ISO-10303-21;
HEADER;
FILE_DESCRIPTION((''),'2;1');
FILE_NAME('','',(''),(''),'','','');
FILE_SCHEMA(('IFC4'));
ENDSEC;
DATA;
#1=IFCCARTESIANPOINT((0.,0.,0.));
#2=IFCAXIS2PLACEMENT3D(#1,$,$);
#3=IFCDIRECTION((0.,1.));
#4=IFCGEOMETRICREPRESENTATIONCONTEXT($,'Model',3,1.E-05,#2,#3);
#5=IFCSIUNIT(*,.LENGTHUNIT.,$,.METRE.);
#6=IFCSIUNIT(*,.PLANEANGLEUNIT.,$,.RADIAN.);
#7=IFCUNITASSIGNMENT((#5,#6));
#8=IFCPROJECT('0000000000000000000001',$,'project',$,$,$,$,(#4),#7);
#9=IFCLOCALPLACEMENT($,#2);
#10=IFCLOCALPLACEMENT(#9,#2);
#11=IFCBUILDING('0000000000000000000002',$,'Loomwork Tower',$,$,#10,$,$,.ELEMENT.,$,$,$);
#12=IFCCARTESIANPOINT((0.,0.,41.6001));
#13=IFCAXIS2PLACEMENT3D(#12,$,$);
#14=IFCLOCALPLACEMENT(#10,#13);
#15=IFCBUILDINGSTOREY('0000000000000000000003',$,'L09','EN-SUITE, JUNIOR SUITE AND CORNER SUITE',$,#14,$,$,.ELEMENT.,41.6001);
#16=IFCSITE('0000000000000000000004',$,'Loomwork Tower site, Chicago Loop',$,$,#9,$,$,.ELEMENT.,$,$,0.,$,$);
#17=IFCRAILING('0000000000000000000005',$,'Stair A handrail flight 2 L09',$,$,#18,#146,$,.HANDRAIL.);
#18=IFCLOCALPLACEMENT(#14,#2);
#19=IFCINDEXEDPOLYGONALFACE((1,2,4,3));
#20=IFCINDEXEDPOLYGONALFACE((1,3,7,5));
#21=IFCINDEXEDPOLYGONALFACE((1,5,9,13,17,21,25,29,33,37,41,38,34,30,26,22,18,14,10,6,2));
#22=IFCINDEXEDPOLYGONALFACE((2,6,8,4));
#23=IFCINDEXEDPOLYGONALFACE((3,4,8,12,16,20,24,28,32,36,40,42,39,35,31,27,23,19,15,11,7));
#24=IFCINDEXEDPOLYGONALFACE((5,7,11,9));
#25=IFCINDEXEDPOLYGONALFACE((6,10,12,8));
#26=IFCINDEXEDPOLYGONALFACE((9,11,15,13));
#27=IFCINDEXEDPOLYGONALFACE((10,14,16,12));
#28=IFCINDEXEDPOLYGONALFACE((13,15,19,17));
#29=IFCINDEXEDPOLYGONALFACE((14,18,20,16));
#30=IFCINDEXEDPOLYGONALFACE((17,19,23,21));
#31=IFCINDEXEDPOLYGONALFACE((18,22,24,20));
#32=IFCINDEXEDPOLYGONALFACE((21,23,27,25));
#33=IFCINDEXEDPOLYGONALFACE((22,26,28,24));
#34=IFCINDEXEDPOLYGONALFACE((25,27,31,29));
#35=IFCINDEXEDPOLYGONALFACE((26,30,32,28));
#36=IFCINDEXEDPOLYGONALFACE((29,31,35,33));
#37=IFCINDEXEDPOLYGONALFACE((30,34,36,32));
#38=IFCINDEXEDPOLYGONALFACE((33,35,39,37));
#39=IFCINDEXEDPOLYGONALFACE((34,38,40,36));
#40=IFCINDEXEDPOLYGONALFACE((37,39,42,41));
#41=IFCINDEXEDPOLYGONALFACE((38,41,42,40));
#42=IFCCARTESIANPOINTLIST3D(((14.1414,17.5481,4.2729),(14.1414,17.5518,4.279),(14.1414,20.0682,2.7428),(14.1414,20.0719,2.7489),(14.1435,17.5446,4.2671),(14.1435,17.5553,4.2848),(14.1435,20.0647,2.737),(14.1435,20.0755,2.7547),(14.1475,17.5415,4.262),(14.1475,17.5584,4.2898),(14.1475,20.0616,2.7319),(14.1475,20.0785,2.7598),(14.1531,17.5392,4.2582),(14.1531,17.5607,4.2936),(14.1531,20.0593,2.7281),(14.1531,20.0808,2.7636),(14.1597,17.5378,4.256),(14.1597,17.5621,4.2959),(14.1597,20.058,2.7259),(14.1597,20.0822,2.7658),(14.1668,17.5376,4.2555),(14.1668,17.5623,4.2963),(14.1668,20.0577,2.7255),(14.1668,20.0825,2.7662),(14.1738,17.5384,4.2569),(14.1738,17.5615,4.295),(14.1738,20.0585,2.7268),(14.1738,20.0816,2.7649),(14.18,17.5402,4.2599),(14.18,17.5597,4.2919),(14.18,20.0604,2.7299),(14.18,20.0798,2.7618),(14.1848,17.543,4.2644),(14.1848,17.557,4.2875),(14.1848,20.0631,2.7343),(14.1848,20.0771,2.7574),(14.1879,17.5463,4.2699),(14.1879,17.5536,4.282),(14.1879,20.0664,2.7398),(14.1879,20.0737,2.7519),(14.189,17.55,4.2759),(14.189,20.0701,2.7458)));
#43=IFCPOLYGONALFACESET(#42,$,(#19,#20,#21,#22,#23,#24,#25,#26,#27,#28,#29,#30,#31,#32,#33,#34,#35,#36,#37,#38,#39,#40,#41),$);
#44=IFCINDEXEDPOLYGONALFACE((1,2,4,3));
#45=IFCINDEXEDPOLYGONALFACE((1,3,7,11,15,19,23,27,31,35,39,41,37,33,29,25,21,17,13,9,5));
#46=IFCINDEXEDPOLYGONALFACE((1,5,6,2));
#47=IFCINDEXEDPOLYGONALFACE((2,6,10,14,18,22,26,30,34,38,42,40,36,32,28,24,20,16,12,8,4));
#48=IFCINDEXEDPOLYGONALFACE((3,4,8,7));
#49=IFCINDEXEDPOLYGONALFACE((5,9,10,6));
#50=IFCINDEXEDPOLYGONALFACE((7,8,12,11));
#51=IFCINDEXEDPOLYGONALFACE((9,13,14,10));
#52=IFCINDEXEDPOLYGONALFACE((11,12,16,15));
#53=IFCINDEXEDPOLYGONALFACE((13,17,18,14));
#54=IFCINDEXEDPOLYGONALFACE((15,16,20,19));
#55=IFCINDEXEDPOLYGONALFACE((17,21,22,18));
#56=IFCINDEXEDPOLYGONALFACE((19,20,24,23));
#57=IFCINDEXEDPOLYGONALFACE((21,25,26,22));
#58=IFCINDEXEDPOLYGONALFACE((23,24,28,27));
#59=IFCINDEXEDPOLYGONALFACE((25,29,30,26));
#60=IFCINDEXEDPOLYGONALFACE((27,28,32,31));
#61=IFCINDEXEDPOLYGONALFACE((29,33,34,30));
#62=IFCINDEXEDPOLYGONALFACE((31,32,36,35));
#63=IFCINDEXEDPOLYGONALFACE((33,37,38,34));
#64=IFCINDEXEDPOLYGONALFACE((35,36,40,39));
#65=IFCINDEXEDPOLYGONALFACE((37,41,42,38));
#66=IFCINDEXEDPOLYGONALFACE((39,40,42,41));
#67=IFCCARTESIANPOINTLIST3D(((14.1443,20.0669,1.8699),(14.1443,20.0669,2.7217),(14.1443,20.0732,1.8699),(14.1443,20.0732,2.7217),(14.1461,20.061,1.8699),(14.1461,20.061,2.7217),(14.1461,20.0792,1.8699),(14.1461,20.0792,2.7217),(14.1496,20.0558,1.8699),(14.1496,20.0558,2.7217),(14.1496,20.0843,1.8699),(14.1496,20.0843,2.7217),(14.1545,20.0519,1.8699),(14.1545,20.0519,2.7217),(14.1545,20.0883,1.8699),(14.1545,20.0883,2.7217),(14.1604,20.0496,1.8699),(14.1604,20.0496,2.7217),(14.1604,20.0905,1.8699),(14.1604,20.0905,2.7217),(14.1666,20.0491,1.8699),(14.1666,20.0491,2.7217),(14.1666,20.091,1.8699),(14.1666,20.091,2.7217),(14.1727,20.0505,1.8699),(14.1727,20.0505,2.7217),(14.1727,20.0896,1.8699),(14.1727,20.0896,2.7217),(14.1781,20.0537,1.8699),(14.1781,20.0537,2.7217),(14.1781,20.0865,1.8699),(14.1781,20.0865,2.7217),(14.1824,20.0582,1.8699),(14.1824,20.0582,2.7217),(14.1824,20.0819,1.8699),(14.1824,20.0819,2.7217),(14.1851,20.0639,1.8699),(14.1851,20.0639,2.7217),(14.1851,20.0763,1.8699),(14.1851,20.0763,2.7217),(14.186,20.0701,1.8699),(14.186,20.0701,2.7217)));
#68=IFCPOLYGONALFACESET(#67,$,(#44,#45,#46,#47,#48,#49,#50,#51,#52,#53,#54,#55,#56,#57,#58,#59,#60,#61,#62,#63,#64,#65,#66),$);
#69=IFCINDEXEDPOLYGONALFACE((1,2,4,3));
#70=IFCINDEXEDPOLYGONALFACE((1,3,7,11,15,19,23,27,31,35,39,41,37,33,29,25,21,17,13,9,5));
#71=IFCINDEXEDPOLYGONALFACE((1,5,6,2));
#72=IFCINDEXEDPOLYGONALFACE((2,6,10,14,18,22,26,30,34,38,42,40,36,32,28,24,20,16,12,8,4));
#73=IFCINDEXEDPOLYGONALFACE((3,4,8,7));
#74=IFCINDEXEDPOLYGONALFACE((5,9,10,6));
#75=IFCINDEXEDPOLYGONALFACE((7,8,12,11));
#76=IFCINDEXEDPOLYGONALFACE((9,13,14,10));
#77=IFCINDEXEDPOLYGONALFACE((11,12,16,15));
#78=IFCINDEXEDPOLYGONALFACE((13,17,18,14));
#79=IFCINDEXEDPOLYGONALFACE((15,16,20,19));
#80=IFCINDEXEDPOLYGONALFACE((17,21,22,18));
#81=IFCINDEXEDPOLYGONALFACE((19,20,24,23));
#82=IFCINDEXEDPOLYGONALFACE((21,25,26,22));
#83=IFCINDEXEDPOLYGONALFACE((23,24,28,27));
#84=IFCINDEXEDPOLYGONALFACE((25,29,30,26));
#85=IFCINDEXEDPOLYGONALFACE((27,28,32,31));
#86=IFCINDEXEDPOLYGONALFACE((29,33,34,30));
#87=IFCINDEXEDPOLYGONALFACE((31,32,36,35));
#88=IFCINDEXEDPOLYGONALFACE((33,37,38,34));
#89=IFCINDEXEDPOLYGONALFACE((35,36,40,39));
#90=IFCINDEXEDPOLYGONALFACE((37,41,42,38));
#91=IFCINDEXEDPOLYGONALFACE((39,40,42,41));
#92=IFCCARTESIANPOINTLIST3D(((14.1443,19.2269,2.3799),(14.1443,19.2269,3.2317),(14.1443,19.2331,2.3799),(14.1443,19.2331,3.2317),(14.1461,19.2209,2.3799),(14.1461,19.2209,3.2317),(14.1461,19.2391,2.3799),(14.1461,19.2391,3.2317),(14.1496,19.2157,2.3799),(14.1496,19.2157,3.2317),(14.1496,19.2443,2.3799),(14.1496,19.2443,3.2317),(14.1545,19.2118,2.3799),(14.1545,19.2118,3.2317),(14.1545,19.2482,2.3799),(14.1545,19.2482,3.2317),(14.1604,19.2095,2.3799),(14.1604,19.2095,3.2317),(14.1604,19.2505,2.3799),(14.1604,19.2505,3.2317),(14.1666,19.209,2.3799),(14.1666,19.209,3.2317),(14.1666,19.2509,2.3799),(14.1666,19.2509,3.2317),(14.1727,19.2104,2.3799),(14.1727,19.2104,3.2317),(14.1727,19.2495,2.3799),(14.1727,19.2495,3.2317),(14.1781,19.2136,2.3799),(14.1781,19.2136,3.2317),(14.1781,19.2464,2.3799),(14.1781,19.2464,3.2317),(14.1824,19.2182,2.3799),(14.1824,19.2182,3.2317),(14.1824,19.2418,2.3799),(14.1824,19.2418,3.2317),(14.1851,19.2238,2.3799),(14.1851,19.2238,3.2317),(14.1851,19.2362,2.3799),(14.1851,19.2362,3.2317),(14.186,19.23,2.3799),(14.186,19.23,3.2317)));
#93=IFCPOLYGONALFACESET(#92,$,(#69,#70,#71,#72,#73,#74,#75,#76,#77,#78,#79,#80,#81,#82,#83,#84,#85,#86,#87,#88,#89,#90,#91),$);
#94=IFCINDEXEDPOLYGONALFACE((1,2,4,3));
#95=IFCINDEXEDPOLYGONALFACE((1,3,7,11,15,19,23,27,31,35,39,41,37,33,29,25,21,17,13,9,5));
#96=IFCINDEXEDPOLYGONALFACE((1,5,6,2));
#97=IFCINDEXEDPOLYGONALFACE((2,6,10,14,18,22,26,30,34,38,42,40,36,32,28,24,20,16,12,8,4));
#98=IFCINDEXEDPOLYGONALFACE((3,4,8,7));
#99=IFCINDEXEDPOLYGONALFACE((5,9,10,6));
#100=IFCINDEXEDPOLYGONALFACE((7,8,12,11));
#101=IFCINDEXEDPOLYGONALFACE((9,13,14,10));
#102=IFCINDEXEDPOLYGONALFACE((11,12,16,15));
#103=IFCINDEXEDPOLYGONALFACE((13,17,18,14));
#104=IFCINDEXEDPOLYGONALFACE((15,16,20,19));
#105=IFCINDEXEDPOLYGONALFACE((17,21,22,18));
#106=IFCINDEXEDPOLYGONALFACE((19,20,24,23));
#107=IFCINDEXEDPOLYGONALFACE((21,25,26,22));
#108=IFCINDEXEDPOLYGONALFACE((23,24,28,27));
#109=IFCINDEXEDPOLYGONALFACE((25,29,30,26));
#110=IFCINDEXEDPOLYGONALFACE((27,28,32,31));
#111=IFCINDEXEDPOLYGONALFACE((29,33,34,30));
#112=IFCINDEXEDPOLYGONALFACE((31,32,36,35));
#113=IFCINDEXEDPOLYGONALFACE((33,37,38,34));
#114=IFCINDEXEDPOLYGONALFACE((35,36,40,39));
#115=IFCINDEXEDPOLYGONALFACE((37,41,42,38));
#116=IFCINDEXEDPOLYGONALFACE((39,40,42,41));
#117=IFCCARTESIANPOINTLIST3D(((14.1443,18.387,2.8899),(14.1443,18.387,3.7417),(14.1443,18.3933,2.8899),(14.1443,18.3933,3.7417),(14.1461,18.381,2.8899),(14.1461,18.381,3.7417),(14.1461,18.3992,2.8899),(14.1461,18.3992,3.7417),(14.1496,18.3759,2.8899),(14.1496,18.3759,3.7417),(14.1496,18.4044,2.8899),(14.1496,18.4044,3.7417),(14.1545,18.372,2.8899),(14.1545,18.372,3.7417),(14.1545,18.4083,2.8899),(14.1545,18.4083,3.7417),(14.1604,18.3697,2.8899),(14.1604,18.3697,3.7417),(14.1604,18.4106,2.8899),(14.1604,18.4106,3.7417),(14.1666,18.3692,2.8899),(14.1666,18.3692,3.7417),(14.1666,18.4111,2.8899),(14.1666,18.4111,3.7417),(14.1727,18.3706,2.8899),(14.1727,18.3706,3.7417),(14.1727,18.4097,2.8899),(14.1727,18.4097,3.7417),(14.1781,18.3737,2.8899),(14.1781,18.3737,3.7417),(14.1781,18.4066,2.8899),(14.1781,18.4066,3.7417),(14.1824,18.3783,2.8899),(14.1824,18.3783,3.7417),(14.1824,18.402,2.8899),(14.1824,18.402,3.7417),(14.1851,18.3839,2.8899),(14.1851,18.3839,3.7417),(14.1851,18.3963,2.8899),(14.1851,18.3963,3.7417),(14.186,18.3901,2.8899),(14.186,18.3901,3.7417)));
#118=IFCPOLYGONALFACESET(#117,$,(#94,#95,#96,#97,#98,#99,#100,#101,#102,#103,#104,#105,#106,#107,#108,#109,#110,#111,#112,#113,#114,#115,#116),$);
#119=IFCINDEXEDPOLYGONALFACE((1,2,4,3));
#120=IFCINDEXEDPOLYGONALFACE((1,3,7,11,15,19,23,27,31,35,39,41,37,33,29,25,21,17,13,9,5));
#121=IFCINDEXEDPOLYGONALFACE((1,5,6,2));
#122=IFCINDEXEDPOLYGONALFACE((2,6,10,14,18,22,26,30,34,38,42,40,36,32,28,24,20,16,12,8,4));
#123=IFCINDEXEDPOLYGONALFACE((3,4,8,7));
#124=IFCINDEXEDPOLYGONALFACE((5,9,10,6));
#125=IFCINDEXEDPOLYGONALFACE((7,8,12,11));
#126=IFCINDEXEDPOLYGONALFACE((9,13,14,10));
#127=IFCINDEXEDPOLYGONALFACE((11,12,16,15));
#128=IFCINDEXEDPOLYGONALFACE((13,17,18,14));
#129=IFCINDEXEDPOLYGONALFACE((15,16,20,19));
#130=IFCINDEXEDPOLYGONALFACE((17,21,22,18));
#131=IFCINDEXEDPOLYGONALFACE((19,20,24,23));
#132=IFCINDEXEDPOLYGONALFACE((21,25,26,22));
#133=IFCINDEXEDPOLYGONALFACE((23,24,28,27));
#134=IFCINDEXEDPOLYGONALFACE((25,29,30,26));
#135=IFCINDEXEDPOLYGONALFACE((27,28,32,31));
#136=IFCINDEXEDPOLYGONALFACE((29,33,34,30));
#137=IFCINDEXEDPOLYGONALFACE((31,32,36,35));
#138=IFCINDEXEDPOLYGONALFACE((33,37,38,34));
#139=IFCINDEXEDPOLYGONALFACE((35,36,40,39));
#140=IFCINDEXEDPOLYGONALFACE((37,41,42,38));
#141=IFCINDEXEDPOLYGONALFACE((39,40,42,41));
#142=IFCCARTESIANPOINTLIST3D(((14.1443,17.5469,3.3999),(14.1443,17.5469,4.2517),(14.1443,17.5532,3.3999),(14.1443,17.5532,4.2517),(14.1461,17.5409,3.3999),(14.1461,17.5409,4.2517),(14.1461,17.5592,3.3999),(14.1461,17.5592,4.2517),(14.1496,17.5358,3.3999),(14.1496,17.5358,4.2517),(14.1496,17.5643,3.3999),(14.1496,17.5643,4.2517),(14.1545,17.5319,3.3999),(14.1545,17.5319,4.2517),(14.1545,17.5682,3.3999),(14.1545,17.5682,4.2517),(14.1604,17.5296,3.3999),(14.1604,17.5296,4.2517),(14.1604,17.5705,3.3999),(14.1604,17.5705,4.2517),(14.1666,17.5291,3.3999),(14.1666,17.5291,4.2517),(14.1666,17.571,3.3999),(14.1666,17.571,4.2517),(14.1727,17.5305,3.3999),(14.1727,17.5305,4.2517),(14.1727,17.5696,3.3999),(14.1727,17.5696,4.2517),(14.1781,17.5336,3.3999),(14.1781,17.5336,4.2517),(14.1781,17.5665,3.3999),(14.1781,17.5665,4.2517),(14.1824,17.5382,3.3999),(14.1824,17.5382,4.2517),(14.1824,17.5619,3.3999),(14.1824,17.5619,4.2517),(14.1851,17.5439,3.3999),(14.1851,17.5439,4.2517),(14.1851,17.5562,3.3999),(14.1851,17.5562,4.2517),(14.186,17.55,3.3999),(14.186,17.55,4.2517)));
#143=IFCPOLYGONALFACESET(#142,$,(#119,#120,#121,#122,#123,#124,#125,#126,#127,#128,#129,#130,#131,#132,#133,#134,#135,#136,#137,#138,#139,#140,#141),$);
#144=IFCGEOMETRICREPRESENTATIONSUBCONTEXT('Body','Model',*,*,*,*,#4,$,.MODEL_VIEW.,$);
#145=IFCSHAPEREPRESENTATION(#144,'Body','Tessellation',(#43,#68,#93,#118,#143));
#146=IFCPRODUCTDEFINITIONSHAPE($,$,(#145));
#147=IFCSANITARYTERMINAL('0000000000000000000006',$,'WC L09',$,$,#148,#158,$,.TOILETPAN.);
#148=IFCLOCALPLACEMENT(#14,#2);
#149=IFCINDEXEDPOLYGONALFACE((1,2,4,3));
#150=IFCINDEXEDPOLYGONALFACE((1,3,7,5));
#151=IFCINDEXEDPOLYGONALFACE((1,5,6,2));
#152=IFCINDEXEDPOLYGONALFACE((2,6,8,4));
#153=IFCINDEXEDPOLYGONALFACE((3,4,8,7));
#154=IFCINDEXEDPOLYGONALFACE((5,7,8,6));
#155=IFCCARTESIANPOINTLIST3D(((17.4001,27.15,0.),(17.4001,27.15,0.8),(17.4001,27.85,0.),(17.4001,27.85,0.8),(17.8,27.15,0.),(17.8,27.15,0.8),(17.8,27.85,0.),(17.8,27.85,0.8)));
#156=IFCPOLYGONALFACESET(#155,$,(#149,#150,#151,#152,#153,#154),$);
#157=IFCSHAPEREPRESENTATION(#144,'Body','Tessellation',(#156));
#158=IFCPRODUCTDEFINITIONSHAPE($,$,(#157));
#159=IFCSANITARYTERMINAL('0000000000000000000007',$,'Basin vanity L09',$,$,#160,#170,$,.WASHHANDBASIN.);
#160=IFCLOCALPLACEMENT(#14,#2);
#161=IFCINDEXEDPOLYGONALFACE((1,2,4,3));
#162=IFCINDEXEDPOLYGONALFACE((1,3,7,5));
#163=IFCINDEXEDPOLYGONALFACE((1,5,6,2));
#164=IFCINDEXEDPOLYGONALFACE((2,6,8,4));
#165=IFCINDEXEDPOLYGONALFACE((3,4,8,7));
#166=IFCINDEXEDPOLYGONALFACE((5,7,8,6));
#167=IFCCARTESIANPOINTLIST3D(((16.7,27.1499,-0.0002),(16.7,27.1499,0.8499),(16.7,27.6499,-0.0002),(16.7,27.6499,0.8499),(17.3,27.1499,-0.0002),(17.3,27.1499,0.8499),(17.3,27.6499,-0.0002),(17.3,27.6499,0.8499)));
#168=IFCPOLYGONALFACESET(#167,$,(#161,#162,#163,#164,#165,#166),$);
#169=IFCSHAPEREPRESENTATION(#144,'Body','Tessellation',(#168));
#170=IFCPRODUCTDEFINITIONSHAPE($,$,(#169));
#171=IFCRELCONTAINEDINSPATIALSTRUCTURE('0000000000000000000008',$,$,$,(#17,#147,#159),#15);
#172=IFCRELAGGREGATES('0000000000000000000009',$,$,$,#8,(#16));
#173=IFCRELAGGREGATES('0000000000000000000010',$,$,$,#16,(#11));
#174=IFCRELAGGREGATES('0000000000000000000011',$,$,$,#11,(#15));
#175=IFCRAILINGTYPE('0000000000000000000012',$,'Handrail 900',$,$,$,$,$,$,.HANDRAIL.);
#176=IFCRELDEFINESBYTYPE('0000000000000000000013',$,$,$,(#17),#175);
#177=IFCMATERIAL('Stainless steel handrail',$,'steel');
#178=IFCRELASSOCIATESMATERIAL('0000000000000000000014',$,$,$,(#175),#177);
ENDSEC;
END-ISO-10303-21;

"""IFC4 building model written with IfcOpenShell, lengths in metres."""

from ifc_helpers import new_model, si_unit, direction, frame, origin, origin_2d, place, context, subcontext, project, spatial, rectangle, circle, extrude, material, type_object, element, save


model = new_model("IFC4")

# Units and contexts
model_context = context("Model", 3, precision=1e-05, world=origin(), true_north=direction((0.0, 1.0)))
body_context = subcontext(model_context, "Body", "Model", "MODEL_VIEW")
ifc_project = project(units=[si_unit("LENGTHUNIT", "METRE"), si_unit("PLANEANGLEUNIT", "RADIAN")], contexts=[model_context])

# Site, building, storey
site_placement = place(None, origin())
site = spatial("IfcSite", under=ifc_project, at=site_placement, Name="Loomwork Tower site, Chicago Loop", CompositionType="ELEMENT", RefElevation=0.0)
building_placement = place(site_placement, origin())
building = spatial("IfcBuilding", under=site, at=building_placement, Name="Loomwork Tower", CompositionType="ELEMENT")
storey_placement = place(building_placement, frame((0.0, 0.0, 41.6001)))
storey = spatial("IfcBuildingStorey", under=building, at=storey_placement, Name="L09", Description="EN-SUITE, JUNIOR SUITE AND CORNER SUITE", CompositionType="ELEMENT", Elevation=41.6001)

# Railing
ifc_material_1 = material(Name="Stainless steel handrail", Category="steel")
railing_type = type_object("IfcRailingType", Name="Handrail 900", PredefinedType="HANDRAIL", material=ifc_material_1)
railing_placement = place(storey_placement, frame((14.165, 20.0701, 1.8699)))
element("IfcRailing", 1, at=railing_placement, inside=storey, type_object=railing_type, Name="Stair A handrail flight 2 L09", PredefinedType="HANDRAIL", context=body_context, shape_type="SweptSolid", body=[
    extrude(circle(Radius=0.0239, at=origin_2d()), frame((0.0, 0.0, 0.876), z_axis=(0.0, -0.854785, 0.518982), x_axis=(1.0, 0.0, 0.0)), (0.0, 0.0, 1.0), 2.9482),
    extrude(circle(Radius=0.021, at=origin_2d()), origin(), (0.0, 0.0, 1.0), 0.8518),
    extrude(circle(Radius=0.021, at=origin_2d()), frame((0.0, -0.8401, 0.51)), (0.0, 0.0, 1.0), 0.8518),
    extrude(circle(Radius=0.021, at=origin_2d()), frame((0.0, -1.6799, 1.02)), (0.0, 0.0, 1.0), 0.8518),
    extrude(circle(Radius=0.021, at=origin_2d()), frame((0.0, -2.52, 1.53)), (0.0, 0.0, 1.0), 0.8518),
])

# Sanitary terminals
sanitary_terminal_1_placement = place(storey_placement, frame((17.6001, 27.5, 0.0), z_axis=(0.0, 0.0, 1.0), x_axis=(1.0, 0.0, 0.0)))
element("IfcSanitaryTerminal", 2, at=sanitary_terminal_1_placement, inside=storey, Name="WC L09", PredefinedType="TOILETPAN", context=body_context, shape_type="SweptSolid", body=[
    extrude(rectangle(XDim=0.3999, YDim=0.7, at=origin_2d()), origin(), (0.0, 0.0, 1.0), 0.8),
])
sanitary_terminal_2_placement = place(storey_placement, frame((17.0, 27.3999, -0.0002), z_axis=(0.0, 0.0, 1.0), x_axis=(1.0, 0.0, 0.0)))
element("IfcSanitaryTerminal", 3, at=sanitary_terminal_2_placement, inside=storey, Name="Basin vanity L09", PredefinedType="WASHHANDBASIN", context=body_context, shape_type="SweptSolid", body=[
    extrude(rectangle(XDim=0.6001, YDim=0.5, at=origin_2d()), origin(), (0.0, 0.0, 1.0), 0.8501),
])

save(model, "model.ifc")
